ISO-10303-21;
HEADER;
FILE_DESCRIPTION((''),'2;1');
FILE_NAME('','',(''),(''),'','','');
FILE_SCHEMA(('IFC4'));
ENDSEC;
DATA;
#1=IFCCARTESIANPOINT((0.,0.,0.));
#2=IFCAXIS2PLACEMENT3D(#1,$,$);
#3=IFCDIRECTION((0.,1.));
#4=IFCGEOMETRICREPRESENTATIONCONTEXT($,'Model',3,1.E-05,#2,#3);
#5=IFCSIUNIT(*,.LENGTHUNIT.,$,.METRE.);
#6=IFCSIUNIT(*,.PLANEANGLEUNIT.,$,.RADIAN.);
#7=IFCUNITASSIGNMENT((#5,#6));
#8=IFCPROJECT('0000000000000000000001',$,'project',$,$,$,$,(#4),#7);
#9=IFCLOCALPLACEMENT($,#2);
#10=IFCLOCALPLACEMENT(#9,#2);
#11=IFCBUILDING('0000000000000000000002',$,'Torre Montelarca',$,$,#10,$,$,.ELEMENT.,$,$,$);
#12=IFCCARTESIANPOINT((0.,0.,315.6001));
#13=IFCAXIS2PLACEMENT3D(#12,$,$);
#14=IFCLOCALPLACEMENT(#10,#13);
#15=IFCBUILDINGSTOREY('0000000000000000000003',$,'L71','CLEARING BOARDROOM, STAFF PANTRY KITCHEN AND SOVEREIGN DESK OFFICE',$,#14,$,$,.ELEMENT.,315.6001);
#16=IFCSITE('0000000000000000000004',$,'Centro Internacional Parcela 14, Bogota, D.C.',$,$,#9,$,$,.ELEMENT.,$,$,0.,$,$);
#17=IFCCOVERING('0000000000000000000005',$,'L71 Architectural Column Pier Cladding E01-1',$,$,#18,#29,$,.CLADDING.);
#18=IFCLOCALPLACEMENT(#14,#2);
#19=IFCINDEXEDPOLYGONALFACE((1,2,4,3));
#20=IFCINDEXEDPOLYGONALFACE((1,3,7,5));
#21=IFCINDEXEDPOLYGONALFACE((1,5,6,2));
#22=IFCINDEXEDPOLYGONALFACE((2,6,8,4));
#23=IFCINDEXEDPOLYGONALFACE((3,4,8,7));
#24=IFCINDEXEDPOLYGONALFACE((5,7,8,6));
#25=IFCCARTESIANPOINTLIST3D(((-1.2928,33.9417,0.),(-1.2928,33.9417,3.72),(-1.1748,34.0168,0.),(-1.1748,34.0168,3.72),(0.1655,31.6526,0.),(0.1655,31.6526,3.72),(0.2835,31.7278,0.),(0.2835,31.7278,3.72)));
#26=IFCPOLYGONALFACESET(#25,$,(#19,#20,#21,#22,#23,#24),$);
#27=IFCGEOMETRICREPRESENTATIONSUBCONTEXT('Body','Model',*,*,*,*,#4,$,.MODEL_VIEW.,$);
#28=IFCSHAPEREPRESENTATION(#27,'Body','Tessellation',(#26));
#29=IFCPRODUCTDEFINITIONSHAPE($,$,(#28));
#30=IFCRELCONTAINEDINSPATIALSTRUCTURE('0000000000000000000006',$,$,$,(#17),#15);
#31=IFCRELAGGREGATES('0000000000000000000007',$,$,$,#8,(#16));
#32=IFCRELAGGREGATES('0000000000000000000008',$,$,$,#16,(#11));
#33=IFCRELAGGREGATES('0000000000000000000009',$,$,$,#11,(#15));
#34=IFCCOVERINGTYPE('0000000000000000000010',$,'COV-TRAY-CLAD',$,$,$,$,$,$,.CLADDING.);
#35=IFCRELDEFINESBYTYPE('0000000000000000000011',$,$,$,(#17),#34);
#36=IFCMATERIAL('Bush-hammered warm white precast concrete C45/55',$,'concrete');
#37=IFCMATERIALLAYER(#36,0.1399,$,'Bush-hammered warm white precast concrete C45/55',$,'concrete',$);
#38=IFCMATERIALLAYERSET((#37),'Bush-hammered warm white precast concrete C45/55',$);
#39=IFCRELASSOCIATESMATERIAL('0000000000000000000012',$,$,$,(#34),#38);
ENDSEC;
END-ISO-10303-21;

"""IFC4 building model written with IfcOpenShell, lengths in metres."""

from ifc_helpers import new_model, si_unit, direction, frame, origin, origin_2d, place, context, subcontext, project, spatial, rectangle, extrude, source, transform, mapped, material, layer, layer_set, type_object, element, save


model = new_model("IFC4")

# Units and contexts
model_context = context("Model", 3, precision=1e-05, world=origin(), true_north=direction((0.0, 1.0)))
body_context = subcontext(model_context, "Body", "Model", "MODEL_VIEW")
ifc_project = project(units=[si_unit("LENGTHUNIT", "METRE"), si_unit("PLANEANGLEUNIT", "RADIAN")], contexts=[model_context])

# Site, building, storey
site_placement = place(None, origin())
site = spatial("IfcSite", under=ifc_project, at=site_placement, Name="Centro Internacional Parcela 14, Bogota, D.C.", CompositionType="ELEMENT", RefElevation=0.0)
building_placement = place(site_placement, origin())
building = spatial("IfcBuilding", under=site, at=building_placement, Name="Torre Montelarca", CompositionType="ELEMENT")
storey_placement = place(building_placement, frame((0.0, 0.0, 315.6001)))
storey = spatial("IfcBuildingStorey", under=building, at=storey_placement, Name="L71", Description="CLEARING BOARDROOM, STAFF PANTRY KITCHEN AND SOVEREIGN DESK OFFICE", CompositionType="ELEMENT", Elevation=315.6001)

# Covering
ifc_material_1 = material(Name="Bush-hammered warm white precast concrete C45/55", Category="concrete")
ifc_layer_1 = layer(ifc_material_1, 0.1399, Name="Bush-hammered warm white precast concrete C45/55", Category="concrete")
ifc_layer_set_1 = layer_set([ifc_layer_1], Name="Bush-hammered warm white precast concrete C45/55")
covering_type = type_object("IfcCoveringType", Name="COV-TRAY-CLAD", PredefinedType="CLADDING", material=ifc_layer_set_1)
shared_shape_1 = source(origin(), body_context, "Body", "SweptSolid", [
    extrude(rectangle(XDim=2.7141, YDim=0.1399, at=origin_2d()), origin(), (0.0, 0.0, 1.0), 3.72),
])
covering_1_placement = place(storey_placement, frame((-0.5046, 32.8347, 0.0), z_axis=(0.0, 0.0, 1.0), x_axis=(0.537301, -0.843391, 0.0)))
element("IfcCovering", 1, at=covering_1_placement, inside=storey, type_object=covering_type, Name="L71 Architectural Column Pier Cladding E01-1", PredefinedType="CLADDING", context=body_context, shape_type="MappedRepresentation", body=[
    mapped(shared_shape_1, transform((0.0, 0.0, 0.0), scale=1.0)),
])

save(model, "model.ifc")
